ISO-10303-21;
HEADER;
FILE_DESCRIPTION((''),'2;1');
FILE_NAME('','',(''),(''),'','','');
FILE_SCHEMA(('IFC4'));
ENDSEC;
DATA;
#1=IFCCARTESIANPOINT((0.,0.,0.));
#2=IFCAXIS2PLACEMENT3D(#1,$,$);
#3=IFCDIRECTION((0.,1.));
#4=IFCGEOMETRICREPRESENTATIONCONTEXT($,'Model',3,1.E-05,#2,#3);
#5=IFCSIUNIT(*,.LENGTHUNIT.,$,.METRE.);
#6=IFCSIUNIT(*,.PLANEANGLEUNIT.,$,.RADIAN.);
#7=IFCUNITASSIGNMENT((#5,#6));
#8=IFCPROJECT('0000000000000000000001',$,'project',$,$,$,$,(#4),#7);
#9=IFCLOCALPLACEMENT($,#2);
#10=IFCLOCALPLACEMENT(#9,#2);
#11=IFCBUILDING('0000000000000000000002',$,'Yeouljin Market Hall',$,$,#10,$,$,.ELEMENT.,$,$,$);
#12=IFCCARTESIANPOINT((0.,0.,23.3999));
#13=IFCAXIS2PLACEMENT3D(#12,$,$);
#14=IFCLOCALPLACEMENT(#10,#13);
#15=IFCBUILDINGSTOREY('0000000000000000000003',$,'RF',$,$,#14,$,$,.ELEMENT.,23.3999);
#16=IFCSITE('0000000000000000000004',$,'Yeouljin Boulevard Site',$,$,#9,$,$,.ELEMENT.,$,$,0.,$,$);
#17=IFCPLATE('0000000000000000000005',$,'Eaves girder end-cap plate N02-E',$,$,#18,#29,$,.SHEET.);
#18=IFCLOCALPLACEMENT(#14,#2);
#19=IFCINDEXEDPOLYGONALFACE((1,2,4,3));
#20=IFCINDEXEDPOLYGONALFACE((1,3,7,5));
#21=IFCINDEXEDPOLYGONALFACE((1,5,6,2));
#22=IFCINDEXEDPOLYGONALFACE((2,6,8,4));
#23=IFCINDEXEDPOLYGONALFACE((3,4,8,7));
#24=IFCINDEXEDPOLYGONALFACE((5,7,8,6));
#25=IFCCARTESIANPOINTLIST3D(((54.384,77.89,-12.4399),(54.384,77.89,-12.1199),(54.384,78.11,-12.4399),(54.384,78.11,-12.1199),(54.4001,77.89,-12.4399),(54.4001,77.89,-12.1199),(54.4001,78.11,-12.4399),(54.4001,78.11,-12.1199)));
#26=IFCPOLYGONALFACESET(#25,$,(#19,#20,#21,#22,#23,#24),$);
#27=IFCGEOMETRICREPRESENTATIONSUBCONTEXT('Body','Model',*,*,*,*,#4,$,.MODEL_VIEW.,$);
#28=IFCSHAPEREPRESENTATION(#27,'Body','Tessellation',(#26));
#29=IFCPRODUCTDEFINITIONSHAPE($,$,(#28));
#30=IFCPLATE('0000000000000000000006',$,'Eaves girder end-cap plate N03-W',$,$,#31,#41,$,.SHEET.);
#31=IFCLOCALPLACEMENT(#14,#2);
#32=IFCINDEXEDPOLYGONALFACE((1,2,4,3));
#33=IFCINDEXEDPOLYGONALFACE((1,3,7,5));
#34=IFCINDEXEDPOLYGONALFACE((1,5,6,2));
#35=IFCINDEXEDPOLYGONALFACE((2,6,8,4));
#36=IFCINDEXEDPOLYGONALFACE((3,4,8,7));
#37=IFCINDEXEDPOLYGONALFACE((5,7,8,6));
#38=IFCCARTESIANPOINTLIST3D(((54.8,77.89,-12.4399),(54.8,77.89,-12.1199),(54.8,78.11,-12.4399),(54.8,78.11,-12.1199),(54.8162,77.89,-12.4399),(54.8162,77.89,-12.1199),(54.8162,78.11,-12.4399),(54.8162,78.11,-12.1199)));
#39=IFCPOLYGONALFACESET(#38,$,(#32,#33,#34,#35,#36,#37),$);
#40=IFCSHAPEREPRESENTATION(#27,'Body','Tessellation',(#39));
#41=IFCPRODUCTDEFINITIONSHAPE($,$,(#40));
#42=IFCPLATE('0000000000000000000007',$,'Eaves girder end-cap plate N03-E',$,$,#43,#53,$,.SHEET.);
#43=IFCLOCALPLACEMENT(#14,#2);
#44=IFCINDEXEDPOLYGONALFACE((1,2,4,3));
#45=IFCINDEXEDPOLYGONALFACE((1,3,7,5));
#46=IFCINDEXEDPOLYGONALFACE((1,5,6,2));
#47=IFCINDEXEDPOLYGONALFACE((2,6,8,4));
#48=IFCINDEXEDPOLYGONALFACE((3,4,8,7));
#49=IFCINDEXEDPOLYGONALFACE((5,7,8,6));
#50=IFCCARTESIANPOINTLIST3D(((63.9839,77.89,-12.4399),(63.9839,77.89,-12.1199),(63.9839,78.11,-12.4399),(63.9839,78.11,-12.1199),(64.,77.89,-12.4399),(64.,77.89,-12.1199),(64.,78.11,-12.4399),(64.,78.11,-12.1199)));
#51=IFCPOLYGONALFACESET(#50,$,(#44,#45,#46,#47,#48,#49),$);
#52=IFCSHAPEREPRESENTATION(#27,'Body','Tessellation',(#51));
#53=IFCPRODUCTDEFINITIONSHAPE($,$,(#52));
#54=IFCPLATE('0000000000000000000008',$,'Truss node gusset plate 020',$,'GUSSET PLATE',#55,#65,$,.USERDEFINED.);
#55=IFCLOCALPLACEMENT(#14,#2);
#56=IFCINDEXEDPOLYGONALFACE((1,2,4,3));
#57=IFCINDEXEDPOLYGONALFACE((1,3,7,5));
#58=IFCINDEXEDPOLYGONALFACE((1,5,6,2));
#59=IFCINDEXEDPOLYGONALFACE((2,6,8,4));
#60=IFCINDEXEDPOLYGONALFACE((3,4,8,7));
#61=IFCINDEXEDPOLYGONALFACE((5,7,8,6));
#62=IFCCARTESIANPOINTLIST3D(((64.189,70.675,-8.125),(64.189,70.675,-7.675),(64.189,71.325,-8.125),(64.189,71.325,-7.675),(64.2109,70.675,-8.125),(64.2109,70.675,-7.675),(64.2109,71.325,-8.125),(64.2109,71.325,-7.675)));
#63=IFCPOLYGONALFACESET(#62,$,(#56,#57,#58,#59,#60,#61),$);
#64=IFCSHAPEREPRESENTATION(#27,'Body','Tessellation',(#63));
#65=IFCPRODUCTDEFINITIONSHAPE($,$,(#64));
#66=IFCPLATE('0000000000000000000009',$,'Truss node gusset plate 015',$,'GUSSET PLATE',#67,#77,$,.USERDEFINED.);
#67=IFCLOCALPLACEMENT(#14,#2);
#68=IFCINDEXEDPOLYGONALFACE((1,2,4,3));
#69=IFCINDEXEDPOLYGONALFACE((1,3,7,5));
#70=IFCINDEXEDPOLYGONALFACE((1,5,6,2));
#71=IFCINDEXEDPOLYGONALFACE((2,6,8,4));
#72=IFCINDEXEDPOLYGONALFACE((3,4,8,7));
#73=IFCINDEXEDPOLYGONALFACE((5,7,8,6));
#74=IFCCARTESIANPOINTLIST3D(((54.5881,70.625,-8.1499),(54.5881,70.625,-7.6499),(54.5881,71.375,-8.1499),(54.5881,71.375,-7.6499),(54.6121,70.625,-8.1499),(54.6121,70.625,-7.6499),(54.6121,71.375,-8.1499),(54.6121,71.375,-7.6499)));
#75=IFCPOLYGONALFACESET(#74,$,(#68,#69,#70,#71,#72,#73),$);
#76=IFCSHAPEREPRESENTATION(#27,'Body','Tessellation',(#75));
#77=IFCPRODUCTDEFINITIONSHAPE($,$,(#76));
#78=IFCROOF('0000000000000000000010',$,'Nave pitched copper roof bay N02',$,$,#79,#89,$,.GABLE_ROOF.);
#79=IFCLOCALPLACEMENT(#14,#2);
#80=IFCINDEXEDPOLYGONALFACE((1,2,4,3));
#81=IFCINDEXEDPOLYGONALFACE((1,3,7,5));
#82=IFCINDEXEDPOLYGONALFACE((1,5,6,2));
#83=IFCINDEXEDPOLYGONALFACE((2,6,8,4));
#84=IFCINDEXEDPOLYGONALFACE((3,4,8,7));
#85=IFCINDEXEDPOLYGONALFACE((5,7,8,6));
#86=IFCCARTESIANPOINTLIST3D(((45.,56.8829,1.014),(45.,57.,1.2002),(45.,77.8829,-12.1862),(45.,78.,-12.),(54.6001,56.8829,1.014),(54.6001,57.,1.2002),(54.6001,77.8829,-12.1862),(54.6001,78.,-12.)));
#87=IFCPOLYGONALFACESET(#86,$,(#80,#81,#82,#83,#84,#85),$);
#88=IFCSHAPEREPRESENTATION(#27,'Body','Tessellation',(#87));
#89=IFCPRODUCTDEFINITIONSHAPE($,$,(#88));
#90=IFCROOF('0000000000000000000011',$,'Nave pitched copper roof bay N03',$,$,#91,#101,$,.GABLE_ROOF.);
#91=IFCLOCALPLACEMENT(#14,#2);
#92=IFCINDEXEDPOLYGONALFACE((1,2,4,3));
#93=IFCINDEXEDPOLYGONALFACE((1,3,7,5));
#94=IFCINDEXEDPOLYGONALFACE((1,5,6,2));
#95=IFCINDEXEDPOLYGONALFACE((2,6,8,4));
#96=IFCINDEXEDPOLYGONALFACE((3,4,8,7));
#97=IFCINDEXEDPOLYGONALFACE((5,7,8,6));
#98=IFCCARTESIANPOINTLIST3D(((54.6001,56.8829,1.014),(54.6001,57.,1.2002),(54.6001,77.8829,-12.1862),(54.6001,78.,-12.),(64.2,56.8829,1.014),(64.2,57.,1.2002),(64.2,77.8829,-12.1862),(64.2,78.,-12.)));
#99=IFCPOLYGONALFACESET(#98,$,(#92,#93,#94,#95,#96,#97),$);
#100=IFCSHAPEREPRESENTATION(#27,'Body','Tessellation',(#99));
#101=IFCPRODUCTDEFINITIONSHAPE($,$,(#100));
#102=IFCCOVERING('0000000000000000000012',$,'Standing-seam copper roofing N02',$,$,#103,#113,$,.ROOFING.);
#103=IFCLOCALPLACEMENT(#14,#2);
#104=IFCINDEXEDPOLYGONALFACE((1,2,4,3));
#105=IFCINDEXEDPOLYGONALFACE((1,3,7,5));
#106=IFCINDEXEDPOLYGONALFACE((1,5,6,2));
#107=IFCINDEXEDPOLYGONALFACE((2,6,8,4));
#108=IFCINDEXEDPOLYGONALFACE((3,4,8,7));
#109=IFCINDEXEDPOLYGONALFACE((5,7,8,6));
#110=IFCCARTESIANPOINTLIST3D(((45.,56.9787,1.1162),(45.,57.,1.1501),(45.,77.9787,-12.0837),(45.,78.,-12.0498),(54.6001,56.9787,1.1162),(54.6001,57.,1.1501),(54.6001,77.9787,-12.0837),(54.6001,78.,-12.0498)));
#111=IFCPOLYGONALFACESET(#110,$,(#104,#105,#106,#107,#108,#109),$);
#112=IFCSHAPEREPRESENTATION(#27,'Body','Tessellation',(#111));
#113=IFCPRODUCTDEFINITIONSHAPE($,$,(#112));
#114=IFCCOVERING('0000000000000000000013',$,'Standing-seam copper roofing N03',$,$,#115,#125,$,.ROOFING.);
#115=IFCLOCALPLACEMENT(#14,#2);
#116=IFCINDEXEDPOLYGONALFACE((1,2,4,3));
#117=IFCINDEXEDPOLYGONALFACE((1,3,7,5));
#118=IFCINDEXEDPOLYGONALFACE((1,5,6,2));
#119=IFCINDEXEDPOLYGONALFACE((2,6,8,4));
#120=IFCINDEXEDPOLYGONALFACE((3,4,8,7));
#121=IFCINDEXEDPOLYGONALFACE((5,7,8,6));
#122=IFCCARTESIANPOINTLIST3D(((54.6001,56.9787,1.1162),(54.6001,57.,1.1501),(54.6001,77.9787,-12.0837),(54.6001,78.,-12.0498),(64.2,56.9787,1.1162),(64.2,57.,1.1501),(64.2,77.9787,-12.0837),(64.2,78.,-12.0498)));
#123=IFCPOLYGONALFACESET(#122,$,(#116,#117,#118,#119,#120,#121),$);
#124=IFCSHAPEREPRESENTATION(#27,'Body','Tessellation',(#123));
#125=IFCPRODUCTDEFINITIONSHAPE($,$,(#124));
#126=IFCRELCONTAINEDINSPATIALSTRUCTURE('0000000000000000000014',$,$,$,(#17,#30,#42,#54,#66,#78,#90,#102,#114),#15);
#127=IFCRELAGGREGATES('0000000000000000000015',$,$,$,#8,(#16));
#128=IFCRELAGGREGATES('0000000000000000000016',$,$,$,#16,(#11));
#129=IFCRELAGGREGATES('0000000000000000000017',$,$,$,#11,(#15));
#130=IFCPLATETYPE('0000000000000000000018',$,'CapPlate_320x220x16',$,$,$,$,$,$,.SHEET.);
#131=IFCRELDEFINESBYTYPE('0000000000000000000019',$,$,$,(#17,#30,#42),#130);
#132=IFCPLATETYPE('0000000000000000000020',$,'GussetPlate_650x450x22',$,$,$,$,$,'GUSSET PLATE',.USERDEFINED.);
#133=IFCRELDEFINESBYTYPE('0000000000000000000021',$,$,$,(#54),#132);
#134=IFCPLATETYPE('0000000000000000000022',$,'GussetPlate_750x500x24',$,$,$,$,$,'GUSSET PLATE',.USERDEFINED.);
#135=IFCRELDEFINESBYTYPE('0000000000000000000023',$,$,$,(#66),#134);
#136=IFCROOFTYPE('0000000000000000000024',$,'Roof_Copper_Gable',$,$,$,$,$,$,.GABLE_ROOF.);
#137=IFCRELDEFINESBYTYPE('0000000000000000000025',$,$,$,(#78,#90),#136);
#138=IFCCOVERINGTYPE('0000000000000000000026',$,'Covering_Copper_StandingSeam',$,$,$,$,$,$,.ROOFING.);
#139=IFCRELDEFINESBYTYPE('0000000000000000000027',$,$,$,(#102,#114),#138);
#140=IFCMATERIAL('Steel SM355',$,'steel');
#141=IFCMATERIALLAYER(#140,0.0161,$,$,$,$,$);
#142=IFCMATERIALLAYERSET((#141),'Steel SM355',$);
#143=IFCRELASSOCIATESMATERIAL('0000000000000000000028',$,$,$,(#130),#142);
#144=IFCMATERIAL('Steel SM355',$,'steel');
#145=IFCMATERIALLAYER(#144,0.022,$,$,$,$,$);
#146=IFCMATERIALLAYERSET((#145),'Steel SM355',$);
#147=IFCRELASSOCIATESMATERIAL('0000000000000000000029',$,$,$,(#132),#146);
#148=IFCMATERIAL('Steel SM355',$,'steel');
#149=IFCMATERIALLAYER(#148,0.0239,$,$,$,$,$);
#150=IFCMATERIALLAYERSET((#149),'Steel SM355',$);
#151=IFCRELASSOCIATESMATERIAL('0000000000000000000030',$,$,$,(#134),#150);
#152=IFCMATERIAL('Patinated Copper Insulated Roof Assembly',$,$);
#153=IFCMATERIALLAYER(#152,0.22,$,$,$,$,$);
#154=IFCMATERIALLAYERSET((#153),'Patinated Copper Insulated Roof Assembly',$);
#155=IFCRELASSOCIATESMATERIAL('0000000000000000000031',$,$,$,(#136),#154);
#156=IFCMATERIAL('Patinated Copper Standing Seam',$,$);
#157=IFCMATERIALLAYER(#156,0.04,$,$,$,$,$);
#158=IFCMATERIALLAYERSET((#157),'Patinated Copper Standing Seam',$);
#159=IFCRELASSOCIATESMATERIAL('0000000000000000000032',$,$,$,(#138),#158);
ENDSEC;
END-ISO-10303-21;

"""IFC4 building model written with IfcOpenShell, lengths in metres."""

from ifc_helpers import new_model, si_unit, direction, frame, origin, origin_2d, place, context, subcontext, project, spatial, polyline, rectangle, outline, extrude, material, layer, layer_set, type_object, element, save


model = new_model("IFC4")

# Units and contexts
model_context = context("Model", 3, precision=1e-05, world=origin(), true_north=direction((0.0, 1.0)))
body_context = subcontext(model_context, "Body", "Model", "MODEL_VIEW")
ifc_project = project(units=[si_unit("LENGTHUNIT", "METRE"), si_unit("PLANEANGLEUNIT", "RADIAN")], contexts=[model_context])

# Site, building, storey
site_placement = place(None, origin())
site = spatial("IfcSite", under=ifc_project, at=site_placement, Name="Yeouljin Boulevard Site", CompositionType="ELEMENT", RefElevation=0.0)
building_placement = place(site_placement, origin())
building = spatial("IfcBuilding", under=site, at=building_placement, Name="Yeouljin Market Hall", CompositionType="ELEMENT")
storey_placement = place(building_placement, frame((0.0, 0.0, 23.3999)))
storey = spatial("IfcBuildingStorey", under=building, at=storey_placement, Name="RF", CompositionType="ELEMENT", Elevation=23.3999)

# Plates
ifc_material_1 = material(Name="Steel SM355", Category="steel")
ifc_layer_1 = layer(ifc_material_1, 0.0161)
ifc_layer_set_1 = layer_set([ifc_layer_1], Name="Steel SM355")
plate_type_1 = type_object("IfcPlateType", Name="CapPlate_320x220x16", PredefinedType="SHEET", material=ifc_layer_set_1)
for number, where, z_axis, x_axis, name in (
    (1, (54.3921, 78.0, -12.4399), (0.0, 0.0, 1.0), (0.0, 1.0, 0.0), "Eaves girder end-cap plate N02-E"),
    (2, (54.8081, 78.0, -12.4399), (0.0, 0.0, 1.0), (0.0, 1.0, 0.0), "Eaves girder end-cap plate N03-W"),
    (3, (63.9919, 78.0, -12.4399), (0.0, 0.0, 1.0), (0.0, 1.0, 0.0), "Eaves girder end-cap plate N03-E"),
):
    element("IfcPlate", number, at=place(storey_placement, frame(where, z_axis=z_axis, x_axis=x_axis)), inside=storey, type_object=plate_type_1, Name=name, PredefinedType="SHEET", context=body_context, shape_type="SweptSolid", body=[
        extrude(rectangle(XDim=0.22, YDim=0.0161, at=origin_2d()), origin(), (0.0, 0.0, 1.0), 0.3201),
    ])
ifc_material_2 = material(Name="Steel SM355", Category="steel")
ifc_layer_2 = layer(ifc_material_2, 0.022)
ifc_layer_set_2 = layer_set([ifc_layer_2], Name="Steel SM355")
plate_type_2 = type_object("IfcPlateType", Name="GussetPlate_650x450x22", ElementType="GUSSET PLATE", PredefinedType="USERDEFINED", material=ifc_layer_set_2)
plate_1_placement = place(storey_placement, frame((64.2, 71.0, -8.125), z_axis=(0.0, 0.0, 1.0), x_axis=(0.0, 1.0, 0.0)))
element("IfcPlate", 4, at=plate_1_placement, inside=storey, type_object=plate_type_2, Name="Truss node gusset plate 020", ObjectType="GUSSET PLATE", PredefinedType="USERDEFINED", context=body_context, shape_type="SweptSolid", body=[
    extrude(rectangle(XDim=0.6499, YDim=0.022, at=origin_2d()), origin(), (0.0, 0.0, 1.0), 0.45),
])
ifc_material_3 = material(Name="Steel SM355", Category="steel")
ifc_layer_3 = layer(ifc_material_3, 0.0239)
ifc_layer_set_3 = layer_set([ifc_layer_3], Name="Steel SM355")
plate_type_3 = type_object("IfcPlateType", Name="GussetPlate_750x500x24", ElementType="GUSSET PLATE", PredefinedType="USERDEFINED", material=ifc_layer_set_3)
plate_2_placement = place(storey_placement, frame((54.6001, 71.0, -8.1499), z_axis=(0.0, 0.0, 1.0), x_axis=(0.0, 1.0, 0.0)))
element("IfcPlate", 5, at=plate_2_placement, inside=storey, type_object=plate_type_3, Name="Truss node gusset plate 015", ObjectType="GUSSET PLATE", PredefinedType="USERDEFINED", context=body_context, shape_type="SweptSolid", body=[
    extrude(rectangle(XDim=0.75, YDim=0.0239, at=origin_2d()), origin(), (0.0, 0.0, 1.0), 0.5),
])

# Roofs
ifc_material_4 = material(Name="Patinated Copper Insulated Roof Assembly")
ifc_layer_4 = layer(ifc_material_4, 0.22)
ifc_layer_set_4 = layer_set([ifc_layer_4], Name="Patinated Copper Insulated Roof Assembly")
roof_type = type_object("IfcRoofType", Name="Roof_Copper_Gable", PredefinedType="GABLE_ROOF", material=ifc_layer_set_4)
roof_1_placement = place(storey_placement, frame((54.6001, 78.0, -12.0), z_axis=(0.0, 0.532177, 0.846633), x_axis=(-1.0, 0.0, 0.0)))
element("IfcRoof", 6, at=roof_1_placement, inside=storey, type_object=roof_type, Name="Nave pitched copper roof bay N02", PredefinedType="GABLE_ROOF", context=body_context, shape_type="SweptSolid", body=[
    extrude(outline(polyline([(0.0, 0.0), (9.6001, 0.0), (9.6001, 24.8041), (0.0, 24.8041), (0.0, 0.0)])), origin(), (0.0, 0.0, -1.0), 0.22),
])
roof_2_placement = place(storey_placement, frame((64.2, 78.0, -12.0), z_axis=(0.0, 0.532177, 0.846633), x_axis=(-1.0, 0.0, 0.0)))
element("IfcRoof", 7, at=roof_2_placement, inside=storey, type_object=roof_type, Name="Nave pitched copper roof bay N03", PredefinedType="GABLE_ROOF", context=body_context, shape_type="SweptSolid", body=[
    extrude(outline(polyline([(0.0, 0.0), (9.5999, 0.0), (9.5999, 24.8041), (0.0, 24.8041), (0.0, 0.0)])), origin(), (0.0, 0.0, -1.0), 0.22),
])

# Coverings
ifc_material_5 = material(Name="Patinated Copper Standing Seam")
ifc_layer_5 = layer(ifc_material_5, 0.04)
ifc_layer_set_5 = layer_set([ifc_layer_5], Name="Patinated Copper Standing Seam")
covering_type = type_object("IfcCoveringType", Name="Covering_Copper_StandingSeam", PredefinedType="ROOFING", material=ifc_layer_set_5)
covering_1_placement = place(storey_placement, frame((54.6001, 78.0, -12.0498), z_axis=(0.0, 0.53217, 0.846637), x_axis=(-1.0, 0.0, 0.0)))
element("IfcCovering", 8, at=covering_1_placement, inside=storey, type_object=covering_type, Name="Standing-seam copper roofing N02", PredefinedType="ROOFING", context=body_context, shape_type="SweptSolid", body=[
    extrude(outline(polyline([(0.0, 0.0), (9.6001, 0.0), (9.6001, 24.804), (0.0, 24.804), (0.0, 0.0)])), origin(), (0.0, 0.0, -1.0), 0.04),
])
covering_2_placement = place(storey_placement, frame((64.2, 78.0, -12.0498), z_axis=(0.0, 0.53217, 0.846637), x_axis=(-1.0, 0.0, 0.0)))
element("IfcCovering", 9, at=covering_2_placement, inside=storey, type_object=covering_type, Name="Standing-seam copper roofing N03", PredefinedType="ROOFING", context=body_context, shape_type="SweptSolid", body=[
    extrude(outline(polyline([(0.0, 0.0), (9.5999, 0.0), (9.5999, 24.804), (0.0, 24.804), (0.0, 0.0)])), origin(), (0.0, 0.0, -1.0), 0.04),
])

save(model, "model.ifc")
